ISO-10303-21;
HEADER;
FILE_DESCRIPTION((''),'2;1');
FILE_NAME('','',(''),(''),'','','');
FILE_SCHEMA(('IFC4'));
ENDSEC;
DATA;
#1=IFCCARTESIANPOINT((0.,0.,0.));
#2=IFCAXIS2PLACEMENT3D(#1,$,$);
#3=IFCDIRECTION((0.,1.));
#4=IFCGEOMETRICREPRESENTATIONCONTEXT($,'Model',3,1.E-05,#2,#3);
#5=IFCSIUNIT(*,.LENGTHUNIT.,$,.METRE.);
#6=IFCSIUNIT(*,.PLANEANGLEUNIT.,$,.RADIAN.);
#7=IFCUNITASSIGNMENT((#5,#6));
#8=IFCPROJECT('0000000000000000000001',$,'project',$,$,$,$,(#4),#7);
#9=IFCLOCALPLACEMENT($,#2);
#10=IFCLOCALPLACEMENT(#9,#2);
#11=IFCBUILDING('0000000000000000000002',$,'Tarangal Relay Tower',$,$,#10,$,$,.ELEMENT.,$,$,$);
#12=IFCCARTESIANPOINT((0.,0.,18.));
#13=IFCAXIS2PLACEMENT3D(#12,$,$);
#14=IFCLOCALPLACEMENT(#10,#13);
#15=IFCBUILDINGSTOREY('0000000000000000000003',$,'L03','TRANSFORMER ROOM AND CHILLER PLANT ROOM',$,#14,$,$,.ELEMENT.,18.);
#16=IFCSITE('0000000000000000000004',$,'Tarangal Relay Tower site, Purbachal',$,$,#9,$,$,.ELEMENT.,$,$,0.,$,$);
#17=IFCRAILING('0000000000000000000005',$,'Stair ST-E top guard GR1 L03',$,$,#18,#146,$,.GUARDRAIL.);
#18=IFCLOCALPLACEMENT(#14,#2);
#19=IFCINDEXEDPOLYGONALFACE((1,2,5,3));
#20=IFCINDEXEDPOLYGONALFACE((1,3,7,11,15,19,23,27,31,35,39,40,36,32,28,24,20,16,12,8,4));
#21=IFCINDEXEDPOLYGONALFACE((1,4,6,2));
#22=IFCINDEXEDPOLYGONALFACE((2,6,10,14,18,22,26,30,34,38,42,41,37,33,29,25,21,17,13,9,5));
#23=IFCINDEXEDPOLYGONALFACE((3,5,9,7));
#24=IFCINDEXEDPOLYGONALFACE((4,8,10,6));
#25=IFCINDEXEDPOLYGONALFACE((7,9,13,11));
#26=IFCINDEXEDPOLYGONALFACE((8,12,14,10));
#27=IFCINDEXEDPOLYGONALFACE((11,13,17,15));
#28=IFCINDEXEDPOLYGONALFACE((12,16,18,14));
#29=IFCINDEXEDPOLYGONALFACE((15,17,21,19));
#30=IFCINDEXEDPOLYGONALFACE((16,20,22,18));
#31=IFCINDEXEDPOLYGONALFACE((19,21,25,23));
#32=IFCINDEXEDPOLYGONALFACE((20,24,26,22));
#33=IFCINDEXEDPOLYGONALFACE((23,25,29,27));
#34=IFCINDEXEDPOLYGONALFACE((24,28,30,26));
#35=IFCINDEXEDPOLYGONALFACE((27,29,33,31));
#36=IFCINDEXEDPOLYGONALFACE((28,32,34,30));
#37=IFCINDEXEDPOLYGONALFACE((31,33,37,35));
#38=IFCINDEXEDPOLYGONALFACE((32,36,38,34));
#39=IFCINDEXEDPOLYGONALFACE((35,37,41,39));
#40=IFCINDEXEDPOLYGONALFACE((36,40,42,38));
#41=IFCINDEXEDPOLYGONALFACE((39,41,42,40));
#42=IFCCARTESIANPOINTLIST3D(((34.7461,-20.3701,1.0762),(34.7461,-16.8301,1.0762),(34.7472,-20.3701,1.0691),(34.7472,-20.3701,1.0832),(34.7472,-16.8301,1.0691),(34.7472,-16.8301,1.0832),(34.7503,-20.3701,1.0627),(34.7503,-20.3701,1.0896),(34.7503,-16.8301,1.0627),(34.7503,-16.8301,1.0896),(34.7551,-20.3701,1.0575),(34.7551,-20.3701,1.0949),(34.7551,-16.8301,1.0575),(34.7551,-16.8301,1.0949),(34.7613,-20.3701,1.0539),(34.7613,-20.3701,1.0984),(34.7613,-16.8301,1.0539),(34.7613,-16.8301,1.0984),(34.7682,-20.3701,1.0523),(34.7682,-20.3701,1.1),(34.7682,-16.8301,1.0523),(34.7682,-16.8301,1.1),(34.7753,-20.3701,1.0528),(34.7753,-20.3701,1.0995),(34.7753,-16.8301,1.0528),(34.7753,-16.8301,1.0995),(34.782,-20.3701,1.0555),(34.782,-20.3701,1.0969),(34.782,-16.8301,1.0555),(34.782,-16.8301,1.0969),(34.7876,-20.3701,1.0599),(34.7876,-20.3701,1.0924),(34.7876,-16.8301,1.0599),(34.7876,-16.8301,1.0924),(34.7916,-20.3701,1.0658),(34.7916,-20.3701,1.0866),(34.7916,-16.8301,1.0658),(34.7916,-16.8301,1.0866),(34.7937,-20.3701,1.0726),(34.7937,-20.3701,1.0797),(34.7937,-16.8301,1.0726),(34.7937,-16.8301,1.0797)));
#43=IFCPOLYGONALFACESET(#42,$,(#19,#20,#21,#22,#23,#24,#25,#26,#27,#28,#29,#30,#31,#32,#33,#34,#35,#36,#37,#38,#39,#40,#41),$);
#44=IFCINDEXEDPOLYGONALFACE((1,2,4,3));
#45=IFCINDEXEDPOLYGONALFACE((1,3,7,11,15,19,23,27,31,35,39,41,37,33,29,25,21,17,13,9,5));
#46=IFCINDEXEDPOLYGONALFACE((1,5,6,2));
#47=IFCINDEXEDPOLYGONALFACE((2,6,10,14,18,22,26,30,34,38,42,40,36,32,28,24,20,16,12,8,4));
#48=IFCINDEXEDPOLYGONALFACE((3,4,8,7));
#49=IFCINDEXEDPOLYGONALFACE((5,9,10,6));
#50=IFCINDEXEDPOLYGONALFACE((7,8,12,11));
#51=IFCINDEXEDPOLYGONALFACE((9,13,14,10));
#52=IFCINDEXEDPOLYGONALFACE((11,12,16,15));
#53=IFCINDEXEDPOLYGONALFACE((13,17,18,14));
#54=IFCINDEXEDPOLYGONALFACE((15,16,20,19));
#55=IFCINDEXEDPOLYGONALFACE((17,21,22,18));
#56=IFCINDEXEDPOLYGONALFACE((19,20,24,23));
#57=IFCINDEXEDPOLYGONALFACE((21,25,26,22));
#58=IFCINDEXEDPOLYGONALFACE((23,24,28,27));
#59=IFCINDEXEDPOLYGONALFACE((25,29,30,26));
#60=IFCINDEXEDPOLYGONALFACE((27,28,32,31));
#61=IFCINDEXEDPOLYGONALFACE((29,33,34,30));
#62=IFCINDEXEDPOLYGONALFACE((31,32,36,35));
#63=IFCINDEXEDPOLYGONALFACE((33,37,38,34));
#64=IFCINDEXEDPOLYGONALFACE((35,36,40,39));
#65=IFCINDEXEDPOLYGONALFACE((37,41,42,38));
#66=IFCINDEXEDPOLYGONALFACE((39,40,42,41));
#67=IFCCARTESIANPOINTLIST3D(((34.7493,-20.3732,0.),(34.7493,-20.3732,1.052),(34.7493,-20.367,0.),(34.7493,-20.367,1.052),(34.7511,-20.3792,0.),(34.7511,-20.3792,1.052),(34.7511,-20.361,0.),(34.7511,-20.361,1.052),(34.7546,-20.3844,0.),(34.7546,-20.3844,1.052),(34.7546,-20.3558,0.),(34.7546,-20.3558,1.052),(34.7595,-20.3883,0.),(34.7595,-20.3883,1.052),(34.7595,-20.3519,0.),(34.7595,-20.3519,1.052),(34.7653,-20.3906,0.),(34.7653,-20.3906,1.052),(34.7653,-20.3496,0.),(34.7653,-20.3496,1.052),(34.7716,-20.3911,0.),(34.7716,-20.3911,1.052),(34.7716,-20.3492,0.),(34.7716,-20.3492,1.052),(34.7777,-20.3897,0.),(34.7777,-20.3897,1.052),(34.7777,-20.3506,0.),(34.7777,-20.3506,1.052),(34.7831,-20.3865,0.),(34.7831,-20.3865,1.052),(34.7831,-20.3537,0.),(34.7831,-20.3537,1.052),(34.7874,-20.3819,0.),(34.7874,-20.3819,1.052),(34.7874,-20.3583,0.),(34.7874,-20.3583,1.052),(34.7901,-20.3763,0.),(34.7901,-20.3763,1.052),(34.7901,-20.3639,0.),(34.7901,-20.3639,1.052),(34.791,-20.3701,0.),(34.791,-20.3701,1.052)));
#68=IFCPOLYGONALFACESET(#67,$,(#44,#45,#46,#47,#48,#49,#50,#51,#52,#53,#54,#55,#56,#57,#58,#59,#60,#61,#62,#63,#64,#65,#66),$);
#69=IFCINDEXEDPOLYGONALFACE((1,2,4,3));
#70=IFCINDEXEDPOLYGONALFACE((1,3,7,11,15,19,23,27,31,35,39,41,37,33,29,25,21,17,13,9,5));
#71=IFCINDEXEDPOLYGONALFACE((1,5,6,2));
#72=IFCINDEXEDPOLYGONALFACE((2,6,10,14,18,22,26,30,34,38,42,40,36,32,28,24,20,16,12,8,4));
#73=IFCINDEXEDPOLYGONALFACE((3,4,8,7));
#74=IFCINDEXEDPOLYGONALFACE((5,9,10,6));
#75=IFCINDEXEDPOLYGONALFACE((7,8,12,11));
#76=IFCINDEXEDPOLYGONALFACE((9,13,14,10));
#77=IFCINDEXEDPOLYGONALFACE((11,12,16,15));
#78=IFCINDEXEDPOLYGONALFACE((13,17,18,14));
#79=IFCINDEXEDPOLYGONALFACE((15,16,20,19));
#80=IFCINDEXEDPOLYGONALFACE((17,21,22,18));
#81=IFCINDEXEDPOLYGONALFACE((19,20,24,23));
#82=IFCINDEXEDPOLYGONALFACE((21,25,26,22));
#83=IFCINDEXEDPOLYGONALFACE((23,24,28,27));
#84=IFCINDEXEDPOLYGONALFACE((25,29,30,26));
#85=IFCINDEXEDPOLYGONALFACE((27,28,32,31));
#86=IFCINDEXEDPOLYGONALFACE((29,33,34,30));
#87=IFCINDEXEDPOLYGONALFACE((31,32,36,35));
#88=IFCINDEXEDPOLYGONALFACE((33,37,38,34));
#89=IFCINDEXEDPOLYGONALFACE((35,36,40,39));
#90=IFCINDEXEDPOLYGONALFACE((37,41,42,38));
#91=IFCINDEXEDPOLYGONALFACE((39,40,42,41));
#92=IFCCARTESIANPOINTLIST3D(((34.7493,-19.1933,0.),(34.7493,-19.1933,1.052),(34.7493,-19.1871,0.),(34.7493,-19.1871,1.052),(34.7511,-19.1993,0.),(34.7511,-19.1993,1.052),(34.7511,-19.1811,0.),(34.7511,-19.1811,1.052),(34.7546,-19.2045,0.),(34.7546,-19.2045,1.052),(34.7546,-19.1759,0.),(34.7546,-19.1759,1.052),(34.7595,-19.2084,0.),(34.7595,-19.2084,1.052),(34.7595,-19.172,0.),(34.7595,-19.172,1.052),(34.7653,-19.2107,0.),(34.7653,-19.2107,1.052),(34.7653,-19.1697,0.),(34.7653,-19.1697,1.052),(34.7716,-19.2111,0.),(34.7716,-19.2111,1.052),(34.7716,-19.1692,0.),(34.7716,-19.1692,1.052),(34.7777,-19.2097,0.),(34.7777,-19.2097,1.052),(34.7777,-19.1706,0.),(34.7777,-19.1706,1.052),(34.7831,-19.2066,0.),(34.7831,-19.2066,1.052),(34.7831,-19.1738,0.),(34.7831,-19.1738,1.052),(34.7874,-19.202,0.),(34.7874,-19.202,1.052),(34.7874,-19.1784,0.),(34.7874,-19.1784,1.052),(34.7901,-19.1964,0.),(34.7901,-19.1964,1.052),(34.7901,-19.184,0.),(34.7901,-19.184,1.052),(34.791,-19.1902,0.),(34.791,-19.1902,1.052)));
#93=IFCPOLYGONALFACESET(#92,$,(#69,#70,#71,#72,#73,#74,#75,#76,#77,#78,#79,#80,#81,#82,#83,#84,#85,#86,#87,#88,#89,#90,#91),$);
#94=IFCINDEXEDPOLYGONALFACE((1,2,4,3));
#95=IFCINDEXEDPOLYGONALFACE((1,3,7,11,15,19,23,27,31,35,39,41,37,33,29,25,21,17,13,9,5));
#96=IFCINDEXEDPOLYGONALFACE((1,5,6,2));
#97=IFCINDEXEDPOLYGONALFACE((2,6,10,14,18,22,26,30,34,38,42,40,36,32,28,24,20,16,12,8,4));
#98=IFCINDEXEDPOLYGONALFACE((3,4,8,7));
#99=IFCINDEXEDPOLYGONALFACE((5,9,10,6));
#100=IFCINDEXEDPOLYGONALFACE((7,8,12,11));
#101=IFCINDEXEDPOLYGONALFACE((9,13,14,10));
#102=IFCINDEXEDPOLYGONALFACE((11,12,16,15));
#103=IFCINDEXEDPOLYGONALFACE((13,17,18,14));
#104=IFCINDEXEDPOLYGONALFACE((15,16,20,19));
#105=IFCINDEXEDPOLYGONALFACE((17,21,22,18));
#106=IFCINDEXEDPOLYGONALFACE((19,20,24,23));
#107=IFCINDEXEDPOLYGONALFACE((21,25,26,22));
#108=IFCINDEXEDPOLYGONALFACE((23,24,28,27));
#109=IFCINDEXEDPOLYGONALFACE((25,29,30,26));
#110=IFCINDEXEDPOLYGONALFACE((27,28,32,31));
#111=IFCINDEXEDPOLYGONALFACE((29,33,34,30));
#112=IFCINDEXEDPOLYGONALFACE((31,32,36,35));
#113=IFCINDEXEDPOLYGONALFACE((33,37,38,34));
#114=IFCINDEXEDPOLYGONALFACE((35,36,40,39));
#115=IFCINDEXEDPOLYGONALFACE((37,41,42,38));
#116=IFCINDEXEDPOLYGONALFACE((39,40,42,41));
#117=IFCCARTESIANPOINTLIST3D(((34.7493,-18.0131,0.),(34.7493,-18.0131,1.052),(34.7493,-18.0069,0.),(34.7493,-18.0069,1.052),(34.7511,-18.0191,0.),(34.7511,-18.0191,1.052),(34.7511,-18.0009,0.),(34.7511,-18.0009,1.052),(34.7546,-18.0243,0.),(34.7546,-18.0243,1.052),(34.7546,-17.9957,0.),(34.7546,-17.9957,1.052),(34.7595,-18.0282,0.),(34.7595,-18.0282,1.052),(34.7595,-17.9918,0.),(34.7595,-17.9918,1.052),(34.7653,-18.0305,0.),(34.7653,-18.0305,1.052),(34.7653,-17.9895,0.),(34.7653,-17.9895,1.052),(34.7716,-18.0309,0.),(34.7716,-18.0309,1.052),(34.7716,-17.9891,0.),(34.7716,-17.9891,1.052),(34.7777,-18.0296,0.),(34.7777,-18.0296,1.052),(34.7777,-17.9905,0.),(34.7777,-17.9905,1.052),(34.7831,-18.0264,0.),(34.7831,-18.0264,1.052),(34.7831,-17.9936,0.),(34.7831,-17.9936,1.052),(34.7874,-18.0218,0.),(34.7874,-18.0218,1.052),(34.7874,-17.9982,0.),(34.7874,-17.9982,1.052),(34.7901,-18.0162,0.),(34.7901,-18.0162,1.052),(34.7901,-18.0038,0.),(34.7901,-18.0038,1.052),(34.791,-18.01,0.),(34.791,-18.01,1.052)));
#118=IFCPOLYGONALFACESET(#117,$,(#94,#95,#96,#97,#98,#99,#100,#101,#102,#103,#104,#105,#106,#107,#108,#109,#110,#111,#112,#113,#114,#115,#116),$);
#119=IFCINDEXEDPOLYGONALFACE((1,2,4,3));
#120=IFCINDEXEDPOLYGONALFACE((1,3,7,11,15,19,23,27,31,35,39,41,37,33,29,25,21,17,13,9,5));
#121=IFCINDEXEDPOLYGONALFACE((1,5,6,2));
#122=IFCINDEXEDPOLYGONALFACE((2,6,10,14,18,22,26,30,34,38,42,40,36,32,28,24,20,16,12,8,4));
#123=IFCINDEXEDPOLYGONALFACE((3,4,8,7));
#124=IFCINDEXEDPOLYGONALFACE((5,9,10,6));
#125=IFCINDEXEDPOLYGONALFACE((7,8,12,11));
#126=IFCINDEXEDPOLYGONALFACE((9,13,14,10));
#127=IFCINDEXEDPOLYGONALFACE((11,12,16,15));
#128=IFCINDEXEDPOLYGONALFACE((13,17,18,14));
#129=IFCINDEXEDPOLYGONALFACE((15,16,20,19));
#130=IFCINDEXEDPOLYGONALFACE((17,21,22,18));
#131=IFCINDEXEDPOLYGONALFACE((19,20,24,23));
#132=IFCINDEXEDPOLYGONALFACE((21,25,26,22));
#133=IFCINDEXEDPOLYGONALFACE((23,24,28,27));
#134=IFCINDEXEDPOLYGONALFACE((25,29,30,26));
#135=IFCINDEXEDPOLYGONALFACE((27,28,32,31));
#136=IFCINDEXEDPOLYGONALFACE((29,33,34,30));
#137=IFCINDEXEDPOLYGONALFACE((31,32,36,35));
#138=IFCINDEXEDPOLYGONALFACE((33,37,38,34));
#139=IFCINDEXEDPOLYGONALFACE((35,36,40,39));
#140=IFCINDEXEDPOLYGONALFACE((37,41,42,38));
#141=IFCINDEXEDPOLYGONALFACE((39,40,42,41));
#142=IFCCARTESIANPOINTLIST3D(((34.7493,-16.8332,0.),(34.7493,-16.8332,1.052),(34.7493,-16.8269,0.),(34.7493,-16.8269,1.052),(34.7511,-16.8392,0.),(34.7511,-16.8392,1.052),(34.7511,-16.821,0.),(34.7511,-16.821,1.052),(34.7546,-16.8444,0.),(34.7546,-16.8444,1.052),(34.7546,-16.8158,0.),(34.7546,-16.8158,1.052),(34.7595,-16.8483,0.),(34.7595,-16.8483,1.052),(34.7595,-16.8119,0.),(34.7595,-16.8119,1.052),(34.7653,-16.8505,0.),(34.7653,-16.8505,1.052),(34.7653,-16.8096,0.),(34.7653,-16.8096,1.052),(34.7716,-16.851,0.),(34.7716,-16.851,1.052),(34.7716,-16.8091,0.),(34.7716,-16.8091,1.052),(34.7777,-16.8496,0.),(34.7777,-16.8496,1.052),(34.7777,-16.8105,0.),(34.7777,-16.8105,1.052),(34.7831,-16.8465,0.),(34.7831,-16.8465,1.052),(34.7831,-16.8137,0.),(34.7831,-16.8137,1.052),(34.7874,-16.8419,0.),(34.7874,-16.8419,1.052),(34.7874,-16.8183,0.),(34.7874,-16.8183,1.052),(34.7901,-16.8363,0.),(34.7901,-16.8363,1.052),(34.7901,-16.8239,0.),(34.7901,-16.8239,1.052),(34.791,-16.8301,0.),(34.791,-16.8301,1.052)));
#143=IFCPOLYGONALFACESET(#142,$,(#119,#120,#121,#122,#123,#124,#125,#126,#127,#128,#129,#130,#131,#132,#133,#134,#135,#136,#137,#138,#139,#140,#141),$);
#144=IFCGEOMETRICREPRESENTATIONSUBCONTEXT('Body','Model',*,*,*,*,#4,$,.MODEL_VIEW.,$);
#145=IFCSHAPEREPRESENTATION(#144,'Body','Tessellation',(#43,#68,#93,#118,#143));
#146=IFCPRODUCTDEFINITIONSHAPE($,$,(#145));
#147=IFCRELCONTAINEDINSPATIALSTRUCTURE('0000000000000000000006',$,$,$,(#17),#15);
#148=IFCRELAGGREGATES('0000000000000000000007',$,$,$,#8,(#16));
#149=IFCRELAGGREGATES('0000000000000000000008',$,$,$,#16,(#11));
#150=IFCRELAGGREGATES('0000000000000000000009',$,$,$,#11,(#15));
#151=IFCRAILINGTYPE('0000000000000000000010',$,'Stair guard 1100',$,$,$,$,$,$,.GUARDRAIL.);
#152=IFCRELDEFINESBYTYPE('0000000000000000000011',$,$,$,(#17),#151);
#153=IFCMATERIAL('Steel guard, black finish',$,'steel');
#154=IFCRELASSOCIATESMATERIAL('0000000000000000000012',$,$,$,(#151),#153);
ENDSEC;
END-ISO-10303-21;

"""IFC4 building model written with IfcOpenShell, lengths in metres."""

from ifc_helpers import new_model, si_unit, direction, frame, origin, origin_2d, place, context, subcontext, project, spatial, circle, extrude, material, type_object, element, save


model = new_model("IFC4")

# Units and contexts
model_context = context("Model", 3, precision=1e-05, world=origin(), true_north=direction((0.0, 1.0)))
body_context = subcontext(model_context, "Body", "Model", "MODEL_VIEW")
ifc_project = project(units=[si_unit("LENGTHUNIT", "METRE"), si_unit("PLANEANGLEUNIT", "RADIAN")], contexts=[model_context])

# Site, building, storey
site_placement = place(None, origin())
site = spatial("IfcSite", under=ifc_project, at=site_placement, Name="Tarangal Relay Tower site, Purbachal", CompositionType="ELEMENT", RefElevation=0.0)
building_placement = place(site_placement, origin())
building = spatial("IfcBuilding", under=site, at=building_placement, Name="Tarangal Relay Tower", CompositionType="ELEMENT")
storey_placement = place(building_placement, frame((0.0, 0.0, 18.0)))
storey = spatial("IfcBuildingStorey", under=building, at=storey_placement, Name="L03", Description="TRANSFORMER ROOM AND CHILLER PLANT ROOM", CompositionType="ELEMENT", Elevation=18.0)

# Railing
ifc_material_1 = material(Name="Steel guard, black finish", Category="steel")
railing_type = type_object("IfcRailingType", Name="Stair guard 1100", PredefinedType="GUARDRAIL", material=ifc_material_1)
railing_placement = place(storey_placement, frame((34.77, -20.3701, 0.0)))
element("IfcRailing", 1, at=railing_placement, inside=storey, type_object=railing_type, Name="Stair ST-E top guard GR1 L03", PredefinedType="GUARDRAIL", context=body_context, shape_type="SweptSolid", body=[
    extrude(circle(Radius=0.0239, at=origin_2d()), frame((0.0, 0.0, 1.0762), z_axis=(0.0, 1.0, 0.0), x_axis=(-1.0, 0.0, 0.0)), (0.0, 0.0, 1.0), 3.54),
    extrude(circle(Radius=0.021, at=origin_2d()), origin(), (0.0, 0.0, 1.0), 1.052),
    extrude(circle(Radius=0.021, at=origin_2d()), frame((0.0, 1.1799, 0.0)), (0.0, 0.0, 1.0), 1.052),
    extrude(circle(Radius=0.021, at=origin_2d()), frame((0.0, 2.3601, 0.0)), (0.0, 0.0, 1.0), 1.052),
    extrude(circle(Radius=0.021, at=origin_2d()), frame((0.0, 3.54, 0.0)), (0.0, 0.0, 1.0), 1.052),
])

save(model, "model.ifc")
